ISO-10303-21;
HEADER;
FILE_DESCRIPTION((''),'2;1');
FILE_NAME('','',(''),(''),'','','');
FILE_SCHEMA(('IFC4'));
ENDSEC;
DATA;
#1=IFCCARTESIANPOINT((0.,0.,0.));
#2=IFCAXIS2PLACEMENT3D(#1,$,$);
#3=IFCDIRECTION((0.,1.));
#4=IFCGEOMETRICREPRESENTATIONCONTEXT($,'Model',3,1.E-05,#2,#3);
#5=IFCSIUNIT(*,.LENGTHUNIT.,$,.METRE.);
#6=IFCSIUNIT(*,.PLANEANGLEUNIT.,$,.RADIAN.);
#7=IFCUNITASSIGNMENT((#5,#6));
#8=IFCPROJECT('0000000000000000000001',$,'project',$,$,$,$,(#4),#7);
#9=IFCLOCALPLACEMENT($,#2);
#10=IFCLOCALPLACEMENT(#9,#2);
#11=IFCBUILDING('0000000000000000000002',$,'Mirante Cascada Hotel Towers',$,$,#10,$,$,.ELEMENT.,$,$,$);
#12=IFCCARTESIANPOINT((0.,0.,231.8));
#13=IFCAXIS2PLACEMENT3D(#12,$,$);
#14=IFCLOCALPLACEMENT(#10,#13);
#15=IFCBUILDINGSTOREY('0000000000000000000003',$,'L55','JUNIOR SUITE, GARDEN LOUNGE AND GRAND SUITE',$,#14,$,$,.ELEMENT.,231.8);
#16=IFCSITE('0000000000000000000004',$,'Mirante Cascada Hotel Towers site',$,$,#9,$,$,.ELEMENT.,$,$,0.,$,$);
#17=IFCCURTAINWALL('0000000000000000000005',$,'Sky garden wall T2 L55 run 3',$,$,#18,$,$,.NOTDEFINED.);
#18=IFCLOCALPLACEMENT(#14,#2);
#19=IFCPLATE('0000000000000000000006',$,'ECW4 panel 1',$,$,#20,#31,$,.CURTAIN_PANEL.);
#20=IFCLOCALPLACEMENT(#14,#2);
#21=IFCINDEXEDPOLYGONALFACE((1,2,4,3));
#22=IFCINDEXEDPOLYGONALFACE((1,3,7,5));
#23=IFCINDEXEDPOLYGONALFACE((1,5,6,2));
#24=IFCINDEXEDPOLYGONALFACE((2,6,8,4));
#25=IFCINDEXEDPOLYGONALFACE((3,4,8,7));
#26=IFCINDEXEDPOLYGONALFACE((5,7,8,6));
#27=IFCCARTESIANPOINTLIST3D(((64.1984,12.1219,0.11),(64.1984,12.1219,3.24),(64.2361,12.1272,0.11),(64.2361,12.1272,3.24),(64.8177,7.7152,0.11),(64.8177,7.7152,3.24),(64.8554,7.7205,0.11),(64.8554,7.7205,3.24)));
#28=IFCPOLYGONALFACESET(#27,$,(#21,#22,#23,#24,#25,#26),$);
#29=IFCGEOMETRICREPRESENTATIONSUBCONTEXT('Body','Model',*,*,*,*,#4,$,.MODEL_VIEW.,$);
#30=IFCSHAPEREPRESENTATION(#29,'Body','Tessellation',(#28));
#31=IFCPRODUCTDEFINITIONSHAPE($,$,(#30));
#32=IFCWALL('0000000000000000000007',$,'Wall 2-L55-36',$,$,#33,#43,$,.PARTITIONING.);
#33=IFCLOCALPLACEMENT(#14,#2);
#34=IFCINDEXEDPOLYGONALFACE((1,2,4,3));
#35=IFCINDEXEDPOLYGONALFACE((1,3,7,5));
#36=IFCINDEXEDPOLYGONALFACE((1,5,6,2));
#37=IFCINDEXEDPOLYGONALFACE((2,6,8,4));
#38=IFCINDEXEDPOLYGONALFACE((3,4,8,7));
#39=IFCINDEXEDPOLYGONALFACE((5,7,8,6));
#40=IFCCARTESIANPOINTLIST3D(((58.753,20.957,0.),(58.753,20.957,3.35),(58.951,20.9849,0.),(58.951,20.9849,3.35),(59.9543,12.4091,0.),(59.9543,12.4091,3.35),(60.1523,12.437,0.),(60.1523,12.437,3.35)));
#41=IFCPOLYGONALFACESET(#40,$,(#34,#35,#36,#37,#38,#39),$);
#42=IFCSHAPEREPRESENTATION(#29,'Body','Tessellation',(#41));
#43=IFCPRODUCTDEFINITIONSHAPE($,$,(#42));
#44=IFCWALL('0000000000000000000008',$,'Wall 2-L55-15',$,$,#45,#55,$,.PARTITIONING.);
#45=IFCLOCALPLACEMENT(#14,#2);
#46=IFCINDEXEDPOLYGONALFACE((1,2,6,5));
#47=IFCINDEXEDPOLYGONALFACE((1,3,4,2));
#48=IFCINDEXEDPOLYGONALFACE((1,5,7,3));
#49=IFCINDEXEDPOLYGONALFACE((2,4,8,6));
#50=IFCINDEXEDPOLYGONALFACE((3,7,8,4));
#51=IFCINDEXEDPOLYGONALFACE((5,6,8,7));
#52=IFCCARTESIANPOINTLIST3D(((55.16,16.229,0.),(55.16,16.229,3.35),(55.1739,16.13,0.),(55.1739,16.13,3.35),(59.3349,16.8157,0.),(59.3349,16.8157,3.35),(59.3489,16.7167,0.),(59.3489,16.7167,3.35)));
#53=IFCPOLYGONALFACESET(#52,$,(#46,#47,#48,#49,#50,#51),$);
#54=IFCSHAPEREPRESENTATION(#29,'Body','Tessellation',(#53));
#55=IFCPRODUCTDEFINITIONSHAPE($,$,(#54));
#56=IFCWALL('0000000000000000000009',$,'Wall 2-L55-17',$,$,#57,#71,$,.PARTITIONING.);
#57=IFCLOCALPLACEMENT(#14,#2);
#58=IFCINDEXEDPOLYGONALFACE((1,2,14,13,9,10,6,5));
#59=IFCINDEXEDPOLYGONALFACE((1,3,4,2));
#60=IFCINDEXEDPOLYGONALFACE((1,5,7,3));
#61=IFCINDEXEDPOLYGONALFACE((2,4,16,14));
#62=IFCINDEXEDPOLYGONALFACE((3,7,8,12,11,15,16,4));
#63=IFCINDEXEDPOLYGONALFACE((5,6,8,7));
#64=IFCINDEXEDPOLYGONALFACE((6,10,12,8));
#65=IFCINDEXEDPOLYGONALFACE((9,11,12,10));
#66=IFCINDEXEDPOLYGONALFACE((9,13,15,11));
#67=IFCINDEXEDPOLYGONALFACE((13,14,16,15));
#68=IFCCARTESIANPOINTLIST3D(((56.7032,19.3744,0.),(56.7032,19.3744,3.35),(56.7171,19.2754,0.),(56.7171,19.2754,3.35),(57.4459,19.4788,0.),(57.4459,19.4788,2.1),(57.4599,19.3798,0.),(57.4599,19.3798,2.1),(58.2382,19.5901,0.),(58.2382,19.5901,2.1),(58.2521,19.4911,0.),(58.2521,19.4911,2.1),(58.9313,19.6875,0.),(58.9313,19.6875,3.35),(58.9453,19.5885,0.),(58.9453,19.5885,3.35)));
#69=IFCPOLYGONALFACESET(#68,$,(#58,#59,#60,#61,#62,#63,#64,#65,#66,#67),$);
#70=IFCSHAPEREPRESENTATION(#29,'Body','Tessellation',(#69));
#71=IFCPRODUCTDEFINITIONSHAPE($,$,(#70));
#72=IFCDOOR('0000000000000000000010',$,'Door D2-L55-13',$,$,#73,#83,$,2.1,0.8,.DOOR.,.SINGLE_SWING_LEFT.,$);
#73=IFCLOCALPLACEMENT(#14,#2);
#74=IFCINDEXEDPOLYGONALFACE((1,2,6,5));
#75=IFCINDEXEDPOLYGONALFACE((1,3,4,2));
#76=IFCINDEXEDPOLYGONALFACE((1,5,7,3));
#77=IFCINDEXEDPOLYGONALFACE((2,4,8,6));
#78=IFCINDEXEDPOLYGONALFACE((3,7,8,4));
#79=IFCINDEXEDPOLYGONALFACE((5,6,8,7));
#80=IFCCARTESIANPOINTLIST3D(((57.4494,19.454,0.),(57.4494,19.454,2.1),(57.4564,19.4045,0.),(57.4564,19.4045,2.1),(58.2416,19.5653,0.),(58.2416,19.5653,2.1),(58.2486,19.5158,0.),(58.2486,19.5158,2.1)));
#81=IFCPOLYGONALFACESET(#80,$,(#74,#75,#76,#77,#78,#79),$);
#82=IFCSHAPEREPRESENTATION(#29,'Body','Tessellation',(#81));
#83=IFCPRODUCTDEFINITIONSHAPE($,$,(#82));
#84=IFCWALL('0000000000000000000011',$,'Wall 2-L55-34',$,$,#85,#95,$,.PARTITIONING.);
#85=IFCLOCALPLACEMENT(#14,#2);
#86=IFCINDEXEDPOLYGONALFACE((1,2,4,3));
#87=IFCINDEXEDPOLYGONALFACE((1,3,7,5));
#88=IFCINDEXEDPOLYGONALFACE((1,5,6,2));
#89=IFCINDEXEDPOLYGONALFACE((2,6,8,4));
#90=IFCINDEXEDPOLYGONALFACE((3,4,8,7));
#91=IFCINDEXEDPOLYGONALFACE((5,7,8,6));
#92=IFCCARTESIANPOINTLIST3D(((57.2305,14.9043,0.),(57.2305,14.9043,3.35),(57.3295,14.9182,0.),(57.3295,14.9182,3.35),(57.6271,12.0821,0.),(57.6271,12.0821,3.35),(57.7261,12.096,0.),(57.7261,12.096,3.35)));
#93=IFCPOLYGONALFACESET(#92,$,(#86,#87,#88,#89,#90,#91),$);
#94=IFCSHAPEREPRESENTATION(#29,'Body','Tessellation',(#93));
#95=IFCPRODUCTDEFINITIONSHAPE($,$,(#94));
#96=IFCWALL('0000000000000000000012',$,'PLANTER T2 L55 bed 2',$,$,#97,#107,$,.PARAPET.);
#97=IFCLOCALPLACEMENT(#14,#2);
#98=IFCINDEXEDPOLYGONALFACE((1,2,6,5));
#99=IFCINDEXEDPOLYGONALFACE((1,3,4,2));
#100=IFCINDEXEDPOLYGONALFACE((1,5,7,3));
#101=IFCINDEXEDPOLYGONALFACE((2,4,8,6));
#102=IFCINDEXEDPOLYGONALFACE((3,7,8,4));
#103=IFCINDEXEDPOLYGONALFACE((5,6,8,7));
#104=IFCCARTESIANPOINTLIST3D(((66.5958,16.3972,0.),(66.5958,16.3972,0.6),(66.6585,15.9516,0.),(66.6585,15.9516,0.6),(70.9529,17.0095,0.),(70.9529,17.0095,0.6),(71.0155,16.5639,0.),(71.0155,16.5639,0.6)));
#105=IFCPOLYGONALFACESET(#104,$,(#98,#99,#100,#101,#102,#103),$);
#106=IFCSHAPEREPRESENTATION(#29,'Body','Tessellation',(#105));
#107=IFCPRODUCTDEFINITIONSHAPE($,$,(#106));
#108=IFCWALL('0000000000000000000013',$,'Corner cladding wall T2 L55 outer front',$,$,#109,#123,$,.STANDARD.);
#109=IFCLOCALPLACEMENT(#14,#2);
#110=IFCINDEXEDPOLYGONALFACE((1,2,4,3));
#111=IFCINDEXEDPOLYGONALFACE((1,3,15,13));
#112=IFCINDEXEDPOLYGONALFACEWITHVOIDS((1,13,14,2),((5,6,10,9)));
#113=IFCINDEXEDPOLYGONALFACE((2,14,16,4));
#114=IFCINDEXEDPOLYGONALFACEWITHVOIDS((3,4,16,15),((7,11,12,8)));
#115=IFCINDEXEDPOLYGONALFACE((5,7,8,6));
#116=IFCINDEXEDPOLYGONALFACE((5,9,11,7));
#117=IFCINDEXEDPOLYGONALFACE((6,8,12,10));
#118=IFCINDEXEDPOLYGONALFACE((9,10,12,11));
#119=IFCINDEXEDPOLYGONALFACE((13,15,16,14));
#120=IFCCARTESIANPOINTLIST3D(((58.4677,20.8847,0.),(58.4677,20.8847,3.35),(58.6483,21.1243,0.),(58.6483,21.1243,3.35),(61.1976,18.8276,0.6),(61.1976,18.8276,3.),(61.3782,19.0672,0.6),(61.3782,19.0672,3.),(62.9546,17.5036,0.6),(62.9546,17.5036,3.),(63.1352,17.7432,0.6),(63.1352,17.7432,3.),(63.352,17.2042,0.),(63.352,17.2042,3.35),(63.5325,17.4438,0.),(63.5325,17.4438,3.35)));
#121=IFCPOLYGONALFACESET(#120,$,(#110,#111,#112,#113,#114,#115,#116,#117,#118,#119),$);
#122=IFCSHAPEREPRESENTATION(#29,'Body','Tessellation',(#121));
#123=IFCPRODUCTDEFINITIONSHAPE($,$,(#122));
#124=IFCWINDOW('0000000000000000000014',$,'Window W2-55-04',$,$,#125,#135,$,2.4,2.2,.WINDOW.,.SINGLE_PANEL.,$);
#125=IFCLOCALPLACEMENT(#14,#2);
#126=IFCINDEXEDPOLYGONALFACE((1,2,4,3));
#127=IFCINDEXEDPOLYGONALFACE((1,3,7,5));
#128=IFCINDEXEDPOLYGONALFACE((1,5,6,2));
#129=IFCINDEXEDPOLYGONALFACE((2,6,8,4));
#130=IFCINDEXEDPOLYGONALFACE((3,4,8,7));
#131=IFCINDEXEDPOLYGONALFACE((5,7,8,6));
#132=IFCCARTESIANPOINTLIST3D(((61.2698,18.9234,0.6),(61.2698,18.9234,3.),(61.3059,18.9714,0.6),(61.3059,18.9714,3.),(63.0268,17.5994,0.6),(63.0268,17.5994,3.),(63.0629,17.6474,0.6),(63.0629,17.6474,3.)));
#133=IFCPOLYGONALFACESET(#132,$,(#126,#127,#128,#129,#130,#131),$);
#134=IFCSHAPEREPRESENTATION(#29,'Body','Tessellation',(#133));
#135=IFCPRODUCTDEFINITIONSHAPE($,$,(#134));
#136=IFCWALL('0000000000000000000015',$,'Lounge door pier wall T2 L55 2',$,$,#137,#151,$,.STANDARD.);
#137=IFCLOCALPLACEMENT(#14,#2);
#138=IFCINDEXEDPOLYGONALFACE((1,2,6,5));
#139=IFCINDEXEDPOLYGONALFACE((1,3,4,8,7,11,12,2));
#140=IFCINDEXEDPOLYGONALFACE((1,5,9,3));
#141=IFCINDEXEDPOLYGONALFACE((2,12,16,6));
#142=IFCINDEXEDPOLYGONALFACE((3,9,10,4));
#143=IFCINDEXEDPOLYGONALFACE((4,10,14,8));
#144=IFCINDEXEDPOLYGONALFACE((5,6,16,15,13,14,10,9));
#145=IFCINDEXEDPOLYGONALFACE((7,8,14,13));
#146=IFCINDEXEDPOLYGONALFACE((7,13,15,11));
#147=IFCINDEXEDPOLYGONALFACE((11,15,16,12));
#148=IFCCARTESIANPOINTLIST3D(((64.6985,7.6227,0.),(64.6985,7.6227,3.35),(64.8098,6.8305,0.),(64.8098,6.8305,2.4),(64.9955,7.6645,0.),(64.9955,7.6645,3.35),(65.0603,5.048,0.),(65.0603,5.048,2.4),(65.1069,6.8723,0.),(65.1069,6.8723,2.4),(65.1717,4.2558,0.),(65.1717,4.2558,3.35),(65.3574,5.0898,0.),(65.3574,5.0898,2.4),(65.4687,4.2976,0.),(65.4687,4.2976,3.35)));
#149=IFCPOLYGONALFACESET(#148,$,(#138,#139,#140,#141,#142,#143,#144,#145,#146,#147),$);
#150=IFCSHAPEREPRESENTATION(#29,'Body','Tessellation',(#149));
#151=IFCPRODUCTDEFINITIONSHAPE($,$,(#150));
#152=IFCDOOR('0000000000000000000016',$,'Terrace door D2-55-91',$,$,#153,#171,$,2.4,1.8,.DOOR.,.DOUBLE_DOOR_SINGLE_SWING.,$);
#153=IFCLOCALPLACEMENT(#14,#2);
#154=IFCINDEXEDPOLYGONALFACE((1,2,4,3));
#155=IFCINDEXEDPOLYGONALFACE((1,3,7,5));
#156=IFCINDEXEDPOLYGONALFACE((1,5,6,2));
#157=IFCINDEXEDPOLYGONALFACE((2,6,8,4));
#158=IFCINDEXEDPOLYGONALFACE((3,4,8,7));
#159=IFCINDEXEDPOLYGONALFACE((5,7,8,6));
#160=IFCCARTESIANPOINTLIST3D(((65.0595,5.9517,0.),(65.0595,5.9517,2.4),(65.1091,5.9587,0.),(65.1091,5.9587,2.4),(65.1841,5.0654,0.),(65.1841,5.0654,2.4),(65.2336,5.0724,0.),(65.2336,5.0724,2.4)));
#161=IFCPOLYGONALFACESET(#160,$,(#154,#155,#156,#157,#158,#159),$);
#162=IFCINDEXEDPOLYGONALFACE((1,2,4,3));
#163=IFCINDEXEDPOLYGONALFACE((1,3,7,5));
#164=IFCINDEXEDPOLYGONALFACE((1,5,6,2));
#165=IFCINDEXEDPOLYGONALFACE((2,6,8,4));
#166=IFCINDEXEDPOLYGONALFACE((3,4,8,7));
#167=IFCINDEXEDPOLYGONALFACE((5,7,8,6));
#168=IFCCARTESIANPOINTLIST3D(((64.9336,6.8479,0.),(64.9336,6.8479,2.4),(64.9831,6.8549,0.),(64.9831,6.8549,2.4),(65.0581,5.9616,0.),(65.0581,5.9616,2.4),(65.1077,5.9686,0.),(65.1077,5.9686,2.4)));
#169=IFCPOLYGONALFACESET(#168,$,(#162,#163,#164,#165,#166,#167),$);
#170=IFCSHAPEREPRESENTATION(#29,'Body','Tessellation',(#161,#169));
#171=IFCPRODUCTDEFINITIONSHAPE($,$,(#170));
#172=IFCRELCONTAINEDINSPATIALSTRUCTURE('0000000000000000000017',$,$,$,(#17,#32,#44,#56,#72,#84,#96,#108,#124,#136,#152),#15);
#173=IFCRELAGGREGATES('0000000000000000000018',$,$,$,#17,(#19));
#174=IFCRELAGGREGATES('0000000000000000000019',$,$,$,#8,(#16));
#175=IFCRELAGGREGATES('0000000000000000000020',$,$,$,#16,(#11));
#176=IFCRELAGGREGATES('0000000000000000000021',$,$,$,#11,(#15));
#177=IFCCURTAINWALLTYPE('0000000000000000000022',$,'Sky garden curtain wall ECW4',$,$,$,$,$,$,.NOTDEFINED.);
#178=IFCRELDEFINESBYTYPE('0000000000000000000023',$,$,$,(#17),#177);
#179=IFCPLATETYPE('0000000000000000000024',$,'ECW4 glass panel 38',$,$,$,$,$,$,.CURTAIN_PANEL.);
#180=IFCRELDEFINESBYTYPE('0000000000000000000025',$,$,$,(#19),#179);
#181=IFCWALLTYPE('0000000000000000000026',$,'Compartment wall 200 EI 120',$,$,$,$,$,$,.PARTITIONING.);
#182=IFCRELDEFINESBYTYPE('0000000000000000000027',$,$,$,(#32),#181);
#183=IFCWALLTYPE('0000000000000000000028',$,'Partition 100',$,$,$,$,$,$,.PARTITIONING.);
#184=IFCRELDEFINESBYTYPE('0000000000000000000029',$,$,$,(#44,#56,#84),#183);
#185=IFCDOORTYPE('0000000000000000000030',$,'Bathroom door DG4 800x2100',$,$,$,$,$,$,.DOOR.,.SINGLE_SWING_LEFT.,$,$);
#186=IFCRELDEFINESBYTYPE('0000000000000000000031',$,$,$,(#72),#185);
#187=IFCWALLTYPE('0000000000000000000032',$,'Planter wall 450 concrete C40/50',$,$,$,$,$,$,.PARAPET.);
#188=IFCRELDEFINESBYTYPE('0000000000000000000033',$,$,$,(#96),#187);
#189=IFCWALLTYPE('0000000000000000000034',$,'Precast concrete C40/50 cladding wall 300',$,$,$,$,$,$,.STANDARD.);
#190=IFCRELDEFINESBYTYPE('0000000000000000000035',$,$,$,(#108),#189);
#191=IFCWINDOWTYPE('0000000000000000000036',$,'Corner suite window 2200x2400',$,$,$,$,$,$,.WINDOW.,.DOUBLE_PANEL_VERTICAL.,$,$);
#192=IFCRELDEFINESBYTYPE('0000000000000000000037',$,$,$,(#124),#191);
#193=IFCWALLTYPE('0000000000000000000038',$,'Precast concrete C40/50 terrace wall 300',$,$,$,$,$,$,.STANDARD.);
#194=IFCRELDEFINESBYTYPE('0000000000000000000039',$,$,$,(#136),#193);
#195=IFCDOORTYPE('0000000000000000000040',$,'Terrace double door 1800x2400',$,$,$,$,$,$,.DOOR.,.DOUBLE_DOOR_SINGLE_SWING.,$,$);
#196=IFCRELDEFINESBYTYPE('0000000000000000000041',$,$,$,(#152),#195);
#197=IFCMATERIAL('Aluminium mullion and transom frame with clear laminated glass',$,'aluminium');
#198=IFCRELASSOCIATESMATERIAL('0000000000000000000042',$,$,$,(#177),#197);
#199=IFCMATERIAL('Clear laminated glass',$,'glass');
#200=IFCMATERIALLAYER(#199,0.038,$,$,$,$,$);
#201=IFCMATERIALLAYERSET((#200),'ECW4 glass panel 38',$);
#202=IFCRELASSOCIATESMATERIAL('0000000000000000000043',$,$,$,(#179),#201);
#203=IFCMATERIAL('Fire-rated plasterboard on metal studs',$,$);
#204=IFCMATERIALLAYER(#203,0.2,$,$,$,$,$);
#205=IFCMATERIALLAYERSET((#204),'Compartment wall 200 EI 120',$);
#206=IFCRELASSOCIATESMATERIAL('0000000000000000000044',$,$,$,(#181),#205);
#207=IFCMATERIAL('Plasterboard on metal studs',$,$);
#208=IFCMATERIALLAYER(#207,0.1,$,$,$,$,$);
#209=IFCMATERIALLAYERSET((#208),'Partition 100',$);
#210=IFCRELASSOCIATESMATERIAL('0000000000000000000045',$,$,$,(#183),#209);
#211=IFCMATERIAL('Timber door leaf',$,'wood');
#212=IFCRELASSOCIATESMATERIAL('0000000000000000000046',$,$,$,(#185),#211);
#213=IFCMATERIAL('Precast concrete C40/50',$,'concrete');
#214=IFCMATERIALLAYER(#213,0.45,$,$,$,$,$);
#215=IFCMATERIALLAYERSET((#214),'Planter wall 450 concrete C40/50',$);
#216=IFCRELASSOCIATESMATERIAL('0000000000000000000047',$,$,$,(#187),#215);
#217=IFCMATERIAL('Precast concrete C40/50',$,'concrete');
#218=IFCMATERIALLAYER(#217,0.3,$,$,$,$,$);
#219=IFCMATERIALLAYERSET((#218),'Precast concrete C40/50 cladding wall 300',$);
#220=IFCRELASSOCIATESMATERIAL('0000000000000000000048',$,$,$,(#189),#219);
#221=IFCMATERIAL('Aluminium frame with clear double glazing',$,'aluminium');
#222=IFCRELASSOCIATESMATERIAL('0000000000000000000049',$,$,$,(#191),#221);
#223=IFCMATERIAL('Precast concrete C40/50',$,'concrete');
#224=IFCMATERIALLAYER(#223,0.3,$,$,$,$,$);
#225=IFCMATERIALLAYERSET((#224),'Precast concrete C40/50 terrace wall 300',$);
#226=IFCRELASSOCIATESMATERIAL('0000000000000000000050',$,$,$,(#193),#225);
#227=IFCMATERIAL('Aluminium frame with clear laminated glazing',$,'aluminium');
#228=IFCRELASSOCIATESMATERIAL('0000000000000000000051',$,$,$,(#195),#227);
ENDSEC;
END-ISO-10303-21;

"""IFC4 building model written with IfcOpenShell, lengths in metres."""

from ifc_helpers import new_model, si_unit, direction, frame, frame_2d, origin, origin_2d, place, context, subcontext, project, spatial, rectangle, extrude, material, layer, layer_set, type_object, element, fill, aggregate, save


model = new_model("IFC4")

# Units and contexts
model_context = context("Model", 3, precision=1e-05, world=origin(), true_north=direction((0.0, 1.0)))
body_context = subcontext(model_context, "Body", "Model", "MODEL_VIEW")
ifc_project = project(units=[si_unit("LENGTHUNIT", "METRE"), si_unit("PLANEANGLEUNIT", "RADIAN")], contexts=[model_context])

# Site, building, storey
site_placement = place(None, origin())
site = spatial("IfcSite", under=ifc_project, at=site_placement, Name="Mirante Cascada Hotel Towers site", CompositionType="ELEMENT", RefElevation=0.0)
building_placement = place(site_placement, origin())
building = spatial("IfcBuilding", under=site, at=building_placement, Name="Mirante Cascada Hotel Towers", CompositionType="ELEMENT")
storey_placement = place(building_placement, frame((0.0, 0.0, 231.8)))
storey = spatial("IfcBuildingStorey", under=building, at=storey_placement, Name="L55", Description="JUNIOR SUITE, GARDEN LOUNGE AND GRAND SUITE", CompositionType="ELEMENT", Elevation=231.8)

# Shared definitions
ifc_material_1 = material(Name="Aluminium mullion and transom frame with clear laminated glass", Category="aluminium")
curtain_wall_type_1 = type_object("IfcCurtainWallType", Name="Sky garden curtain wall ECW4", PredefinedType="NOTDEFINED", material=ifc_material_1)

# Curtain wall
curtain_wall_1_placement = place(storey_placement, origin())
curtain_wall_1 = element("IfcCurtainWall", 1, at=curtain_wall_1_placement, inside=storey, type_object=curtain_wall_type_1, Name="Sky garden wall T2 L55 run 3", PredefinedType="NOTDEFINED")

# Plate
ifc_material_2 = material(Name="Clear laminated glass", Category="glass")
ifc_layer_1 = layer(ifc_material_2, 0.038)
ifc_layer_set_1 = layer_set([ifc_layer_1], Name="ECW4 glass panel 38")
plate_type = type_object("IfcPlateType", Name="ECW4 glass panel 38", PredefinedType="CURTAIN_PANEL", material=ifc_layer_set_1)
plate_1_placement = place(storey_placement, frame((64.5269, 9.9212, 0.11), z_axis=(0.0, 0.0, 1.0), x_axis=(-0.139173, 0.990268, 0.0)))
plate_1 = element("IfcPlate", 2, at=plate_1_placement, type_object=plate_type, Name="ECW4 panel 1", PredefinedType="CURTAIN_PANEL", context=body_context, shape_type="SweptSolid", body=[
    extrude(rectangle(XDim=4.45, YDim=0.038, at=origin_2d()), origin(), (0.0, 0.0, 1.0), 3.13),
])
aggregate(curtain_wall_1, [plate_1])

# Walls
ifc_material_3 = material(Name="Fire-rated plasterboard on metal studs")
ifc_layer_2 = layer(ifc_material_3, 0.2)
ifc_layer_set_2 = layer_set([ifc_layer_2], Name="Compartment wall 200 EI 120")
wall_type_1 = type_object("IfcWallType", Name="Compartment wall 200 EI 120", PredefinedType="PARTITIONING", material=ifc_layer_set_2)
wall_1_placement = place(storey_placement, frame((60.0533, 12.423, 0.0), z_axis=(0.0, 0.0, 1.0), x_axis=(-0.13917, 0.990268, 0.0)))
element("IfcWall", 3, at=wall_1_placement, inside=storey, type_object=wall_type_1, Name="Wall 2-L55-36", PredefinedType="PARTITIONING", context=body_context, shape_type="SweptSolid", body=[
    extrude(rectangle(XDim=8.6319, YDim=0.2, at=frame_2d((4.316, 0.0))), origin(), (0.0, 0.0, 1.0), 3.35),
])
ifc_material_4 = material(Name="Plasterboard on metal studs")
ifc_layer_3 = layer(ifc_material_4, 0.1)
ifc_layer_set_3 = layer_set([ifc_layer_3], Name="Partition 100")
wall_type_2 = type_object("IfcWallType", Name="Partition 100", PredefinedType="PARTITIONING", material=ifc_layer_set_3)
wall_2_placement = place(storey_placement, frame((59.3419, 16.7662, 0.0), z_axis=(0.0, 0.0, 1.0), x_axis=(-0.99027, -0.13916, 0.0)))
element("IfcWall", 4, at=wall_2_placement, inside=storey, type_object=wall_type_2, Name="Wall 2-L55-15", PredefinedType="PARTITIONING", context=body_context, shape_type="SweptSolid", body=[
    extrude(rectangle(XDim=4.216, YDim=0.1, at=frame_2d((2.108, 0.0))), origin(), (0.0, 0.0, 1.0), 3.35),
])

# Wall, opening, door
wall_3_placement = place(storey_placement, frame((58.9383, 19.638, 0.0), z_axis=(0.0, 0.0, 1.0), x_axis=(-0.990271, -0.139156, 0.0)))
wall_3 = element("IfcWall", 5, at=wall_3_placement, inside=storey, type_object=wall_type_2, Name="Wall 2-L55-17", PredefinedType="PARTITIONING", context=body_context, shape_type="SweptSolid", body=[
    extrude(rectangle(XDim=2.25, YDim=0.1, at=frame_2d((1.125, 0.0))), origin(), (0.0, 0.0, 1.0), 3.35),
])
opening_1_placement = place(wall_3_placement, frame((0.7, 0.0, 0.0)))
opening_1 = element("IfcOpeningElement", 6, at=opening_1_placement, cuts=wall_3, PredefinedType="OPENING", context=body_context, shape_type="SweptSolid", body=[
    extrude(rectangle(XDim=0.8, YDim=2.1, at=frame_2d((0.4, 1.05))), frame((0.0, 0.05, 0.0), z_axis=(0.0, -1.0, 0.0), x_axis=(1.0, 0.0, 0.0)), (0.0, 0.0, 1.0), 0.1),
])
ifc_material_5 = material(Name="Timber door leaf", Category="wood")
door_type_1 = type_object("IfcDoorType", Name="Bathroom door DG4 800x2100", OperationType="SINGLE_SWING_LEFT", PredefinedType="DOOR", material=ifc_material_5)
door_1_placement = place(opening_1_placement, origin())
door_1 = element("IfcDoor", 7, at=door_1_placement, inside=storey, type_object=door_type_1, Name="Door D2-L55-13", OperationType="SINGLE_SWING_LEFT", OverallHeight=2.1, OverallWidth=0.8, PredefinedType="DOOR", context=body_context, shape_type="SweptSolid", body=[
    extrude(rectangle(XDim=0.8, YDim=2.1, at=frame_2d((0.4, 1.05))), frame((0.0, 0.025, 0.0), z_axis=(0.0, -1.0, 0.0), x_axis=(1.0, 0.0, 0.0)), (0.0, 0.0, 1.0), 0.05),
])
fill(opening_1, door_1)

# Walls
wall_4_placement = place(storey_placement, frame((57.6766, 12.089, 0.0), z_axis=(0.0, 0.0, 1.0), x_axis=(-0.139161, 0.99027, 0.0)))
element("IfcWall", 8, at=wall_4_placement, inside=storey, type_object=wall_type_2, Name="Wall 2-L55-34", PredefinedType="PARTITIONING", context=body_context, shape_type="SweptSolid", body=[
    extrude(rectangle(XDim=2.8499, YDim=0.1, at=frame_2d((1.425, 0.0))), origin(), (0.0, 0.0, 1.0), 3.35),
])
ifc_material_6 = material(Name="Precast concrete C40/50", Category="concrete")
ifc_layer_4 = layer(ifc_material_6, 0.45)
ifc_layer_set_4 = layer_set([ifc_layer_4], Name="Planter wall 450 concrete C40/50")
wall_type_3 = type_object("IfcWallType", Name="Planter wall 450 concrete C40/50", PredefinedType="PARAPET", material=ifc_layer_set_4)
wall_5_placement = place(storey_placement, frame((66.6271, 16.1744, 0.0), z_axis=(0.0, 0.0, 1.0), x_axis=(0.99027, 0.139162, 0.0)))
element("IfcWall", 9, at=wall_5_placement, inside=storey, type_object=wall_type_3, Name="PLANTER T2 L55 bed 2", PredefinedType="PARAPET", context=body_context, shape_type="SweptSolid", body=[
    extrude(rectangle(XDim=4.3999, YDim=0.45, at=frame_2d((2.2, 0.0))), origin(), (0.0, 0.0, 1.0), 0.6),
])

# Wall, opening, window
ifc_material_7 = material(Name="Precast concrete C40/50", Category="concrete")
ifc_layer_5 = layer(ifc_material_7, 0.3)
ifc_layer_set_5 = layer_set([ifc_layer_5], Name="Precast concrete C40/50 cladding wall 300")
wall_type_4 = type_object("IfcWallType", Name="Precast concrete C40/50 cladding wall 300", PredefinedType="STANDARD", material=ifc_layer_set_5)
wall_6_placement = place(storey_placement, frame((63.4422, 17.324, 0.0), z_axis=(0.0, 0.0, 1.0), x_axis=(-0.798636, 0.601814, 0.0)))
wall_6 = element("IfcWall", 10, at=wall_6_placement, inside=storey, type_object=wall_type_4, Name="Corner cladding wall T2 L55 outer front", PredefinedType="STANDARD", context=body_context, shape_type="SweptSolid", body=[
    extrude(rectangle(XDim=6.1157, YDim=0.3, at=frame_2d((3.0578, 0.0))), origin(), (0.0, 0.0, 1.0), 3.35),
])
opening_2_placement = place(wall_6_placement, frame((0.4975, 0.0, 0.6)))
opening_2 = element("IfcOpeningElement", 11, at=opening_2_placement, cuts=wall_6, PredefinedType="OPENING", context=body_context, shape_type="SweptSolid", body=[
    extrude(rectangle(XDim=2.2, YDim=2.4, at=frame_2d((1.1, 1.2))), frame((0.0, 0.15, 0.0), z_axis=(0.0, -1.0, 0.0), x_axis=(1.0, 0.0, 0.0)), (0.0, 0.0, 1.0), 0.3),
])
ifc_material_8 = material(Name="Aluminium frame with clear double glazing", Category="aluminium")
window_type = type_object("IfcWindowType", Name="Corner suite window 2200x2400", PartitioningType="DOUBLE_PANEL_VERTICAL", PredefinedType="WINDOW", material=ifc_material_8)
window_placement = place(opening_2_placement, origin())
window = element("IfcWindow", 12, at=window_placement, inside=storey, type_object=window_type, Name="Window W2-55-04", OverallHeight=2.4, OverallWidth=2.2, PartitioningType="SINGLE_PANEL", PredefinedType="WINDOW", context=body_context, shape_type="SweptSolid", body=[
    extrude(rectangle(XDim=2.2, YDim=2.4, at=frame_2d((1.1, 1.2))), frame((0.0, 0.03, 0.0), z_axis=(0.0, -1.0, 0.0), x_axis=(1.0, 0.0, 0.0)), (0.0, 0.0, 1.0), 0.06),
])
fill(opening_2, window)

# Wall, opening, door
ifc_material_9 = material(Name="Precast concrete C40/50", Category="concrete")
ifc_layer_6 = layer(ifc_material_9, 0.3)
ifc_layer_set_6 = layer_set([ifc_layer_6], Name="Precast concrete C40/50 terrace wall 300")
wall_type_5 = type_object("IfcWallType", Name="Precast concrete C40/50 terrace wall 300", PredefinedType="STANDARD", material=ifc_layer_set_6)
wall_7_placement = place(storey_placement, frame((65.3202, 4.2767, 0.0), z_axis=(0.0, 0.0, 1.0), x_axis=(-0.139177, 0.990267, 0.0)))
wall_7 = element("IfcWall", 13, at=wall_7_placement, inside=storey, type_object=wall_type_5, Name="Lounge door pier wall T2 L55 2", PredefinedType="STANDARD", context=body_context, shape_type="SweptSolid", body=[
    extrude(rectangle(XDim=3.4, YDim=0.3, at=frame_2d((1.7, 0.0))), origin(), (0.0, 0.0, 1.0), 3.35),
])
opening_3_placement = place(wall_7_placement, frame((0.8, 0.0, 0.0)))
opening_3 = element("IfcOpeningElement", 14, at=opening_3_placement, cuts=wall_7, PredefinedType="OPENING", context=body_context, shape_type="SweptSolid", body=[
    extrude(rectangle(XDim=1.8, YDim=2.4, at=frame_2d((0.9, 1.2))), frame((0.0, 0.15, 0.0), z_axis=(0.0, -1.0, 0.0), x_axis=(1.0, 0.0, 0.0)), (0.0, 0.0, 1.0), 0.3),
])
ifc_material_10 = material(Name="Aluminium frame with clear laminated glazing", Category="aluminium")
door_type_2 = type_object("IfcDoorType", Name="Terrace double door 1800x2400", OperationType="DOUBLE_DOOR_SINGLE_SWING", PredefinedType="DOOR", material=ifc_material_10)
door_2_placement = place(opening_3_placement, origin())
door_2 = element("IfcDoor", 15, at=door_2_placement, inside=storey, type_object=door_type_2, Name="Terrace door D2-55-91", OperationType="DOUBLE_DOOR_SINGLE_SWING", OverallHeight=2.4, OverallWidth=1.8, PredefinedType="DOOR", context=body_context, shape_type="SweptSolid", body=[
    extrude(rectangle(XDim=0.895, YDim=2.4, at=frame_2d((0.4475, 1.2))), frame((0.0, 0.025, 0.0), z_axis=(0.0, -1.0, 0.0), x_axis=(1.0, 0.0, 0.0)), (0.0, 0.0, 1.0), 0.05),
    extrude(rectangle(XDim=0.895, YDim=2.4, at=frame_2d((1.3525, 1.2))), frame((0.0, 0.025, 0.0), z_axis=(0.0, -1.0, 0.0), x_axis=(1.0, 0.0, 0.0)), (0.0, 0.0, 1.0), 0.05),
])
fill(opening_3, door_2)

save(model, "model.ifc")
